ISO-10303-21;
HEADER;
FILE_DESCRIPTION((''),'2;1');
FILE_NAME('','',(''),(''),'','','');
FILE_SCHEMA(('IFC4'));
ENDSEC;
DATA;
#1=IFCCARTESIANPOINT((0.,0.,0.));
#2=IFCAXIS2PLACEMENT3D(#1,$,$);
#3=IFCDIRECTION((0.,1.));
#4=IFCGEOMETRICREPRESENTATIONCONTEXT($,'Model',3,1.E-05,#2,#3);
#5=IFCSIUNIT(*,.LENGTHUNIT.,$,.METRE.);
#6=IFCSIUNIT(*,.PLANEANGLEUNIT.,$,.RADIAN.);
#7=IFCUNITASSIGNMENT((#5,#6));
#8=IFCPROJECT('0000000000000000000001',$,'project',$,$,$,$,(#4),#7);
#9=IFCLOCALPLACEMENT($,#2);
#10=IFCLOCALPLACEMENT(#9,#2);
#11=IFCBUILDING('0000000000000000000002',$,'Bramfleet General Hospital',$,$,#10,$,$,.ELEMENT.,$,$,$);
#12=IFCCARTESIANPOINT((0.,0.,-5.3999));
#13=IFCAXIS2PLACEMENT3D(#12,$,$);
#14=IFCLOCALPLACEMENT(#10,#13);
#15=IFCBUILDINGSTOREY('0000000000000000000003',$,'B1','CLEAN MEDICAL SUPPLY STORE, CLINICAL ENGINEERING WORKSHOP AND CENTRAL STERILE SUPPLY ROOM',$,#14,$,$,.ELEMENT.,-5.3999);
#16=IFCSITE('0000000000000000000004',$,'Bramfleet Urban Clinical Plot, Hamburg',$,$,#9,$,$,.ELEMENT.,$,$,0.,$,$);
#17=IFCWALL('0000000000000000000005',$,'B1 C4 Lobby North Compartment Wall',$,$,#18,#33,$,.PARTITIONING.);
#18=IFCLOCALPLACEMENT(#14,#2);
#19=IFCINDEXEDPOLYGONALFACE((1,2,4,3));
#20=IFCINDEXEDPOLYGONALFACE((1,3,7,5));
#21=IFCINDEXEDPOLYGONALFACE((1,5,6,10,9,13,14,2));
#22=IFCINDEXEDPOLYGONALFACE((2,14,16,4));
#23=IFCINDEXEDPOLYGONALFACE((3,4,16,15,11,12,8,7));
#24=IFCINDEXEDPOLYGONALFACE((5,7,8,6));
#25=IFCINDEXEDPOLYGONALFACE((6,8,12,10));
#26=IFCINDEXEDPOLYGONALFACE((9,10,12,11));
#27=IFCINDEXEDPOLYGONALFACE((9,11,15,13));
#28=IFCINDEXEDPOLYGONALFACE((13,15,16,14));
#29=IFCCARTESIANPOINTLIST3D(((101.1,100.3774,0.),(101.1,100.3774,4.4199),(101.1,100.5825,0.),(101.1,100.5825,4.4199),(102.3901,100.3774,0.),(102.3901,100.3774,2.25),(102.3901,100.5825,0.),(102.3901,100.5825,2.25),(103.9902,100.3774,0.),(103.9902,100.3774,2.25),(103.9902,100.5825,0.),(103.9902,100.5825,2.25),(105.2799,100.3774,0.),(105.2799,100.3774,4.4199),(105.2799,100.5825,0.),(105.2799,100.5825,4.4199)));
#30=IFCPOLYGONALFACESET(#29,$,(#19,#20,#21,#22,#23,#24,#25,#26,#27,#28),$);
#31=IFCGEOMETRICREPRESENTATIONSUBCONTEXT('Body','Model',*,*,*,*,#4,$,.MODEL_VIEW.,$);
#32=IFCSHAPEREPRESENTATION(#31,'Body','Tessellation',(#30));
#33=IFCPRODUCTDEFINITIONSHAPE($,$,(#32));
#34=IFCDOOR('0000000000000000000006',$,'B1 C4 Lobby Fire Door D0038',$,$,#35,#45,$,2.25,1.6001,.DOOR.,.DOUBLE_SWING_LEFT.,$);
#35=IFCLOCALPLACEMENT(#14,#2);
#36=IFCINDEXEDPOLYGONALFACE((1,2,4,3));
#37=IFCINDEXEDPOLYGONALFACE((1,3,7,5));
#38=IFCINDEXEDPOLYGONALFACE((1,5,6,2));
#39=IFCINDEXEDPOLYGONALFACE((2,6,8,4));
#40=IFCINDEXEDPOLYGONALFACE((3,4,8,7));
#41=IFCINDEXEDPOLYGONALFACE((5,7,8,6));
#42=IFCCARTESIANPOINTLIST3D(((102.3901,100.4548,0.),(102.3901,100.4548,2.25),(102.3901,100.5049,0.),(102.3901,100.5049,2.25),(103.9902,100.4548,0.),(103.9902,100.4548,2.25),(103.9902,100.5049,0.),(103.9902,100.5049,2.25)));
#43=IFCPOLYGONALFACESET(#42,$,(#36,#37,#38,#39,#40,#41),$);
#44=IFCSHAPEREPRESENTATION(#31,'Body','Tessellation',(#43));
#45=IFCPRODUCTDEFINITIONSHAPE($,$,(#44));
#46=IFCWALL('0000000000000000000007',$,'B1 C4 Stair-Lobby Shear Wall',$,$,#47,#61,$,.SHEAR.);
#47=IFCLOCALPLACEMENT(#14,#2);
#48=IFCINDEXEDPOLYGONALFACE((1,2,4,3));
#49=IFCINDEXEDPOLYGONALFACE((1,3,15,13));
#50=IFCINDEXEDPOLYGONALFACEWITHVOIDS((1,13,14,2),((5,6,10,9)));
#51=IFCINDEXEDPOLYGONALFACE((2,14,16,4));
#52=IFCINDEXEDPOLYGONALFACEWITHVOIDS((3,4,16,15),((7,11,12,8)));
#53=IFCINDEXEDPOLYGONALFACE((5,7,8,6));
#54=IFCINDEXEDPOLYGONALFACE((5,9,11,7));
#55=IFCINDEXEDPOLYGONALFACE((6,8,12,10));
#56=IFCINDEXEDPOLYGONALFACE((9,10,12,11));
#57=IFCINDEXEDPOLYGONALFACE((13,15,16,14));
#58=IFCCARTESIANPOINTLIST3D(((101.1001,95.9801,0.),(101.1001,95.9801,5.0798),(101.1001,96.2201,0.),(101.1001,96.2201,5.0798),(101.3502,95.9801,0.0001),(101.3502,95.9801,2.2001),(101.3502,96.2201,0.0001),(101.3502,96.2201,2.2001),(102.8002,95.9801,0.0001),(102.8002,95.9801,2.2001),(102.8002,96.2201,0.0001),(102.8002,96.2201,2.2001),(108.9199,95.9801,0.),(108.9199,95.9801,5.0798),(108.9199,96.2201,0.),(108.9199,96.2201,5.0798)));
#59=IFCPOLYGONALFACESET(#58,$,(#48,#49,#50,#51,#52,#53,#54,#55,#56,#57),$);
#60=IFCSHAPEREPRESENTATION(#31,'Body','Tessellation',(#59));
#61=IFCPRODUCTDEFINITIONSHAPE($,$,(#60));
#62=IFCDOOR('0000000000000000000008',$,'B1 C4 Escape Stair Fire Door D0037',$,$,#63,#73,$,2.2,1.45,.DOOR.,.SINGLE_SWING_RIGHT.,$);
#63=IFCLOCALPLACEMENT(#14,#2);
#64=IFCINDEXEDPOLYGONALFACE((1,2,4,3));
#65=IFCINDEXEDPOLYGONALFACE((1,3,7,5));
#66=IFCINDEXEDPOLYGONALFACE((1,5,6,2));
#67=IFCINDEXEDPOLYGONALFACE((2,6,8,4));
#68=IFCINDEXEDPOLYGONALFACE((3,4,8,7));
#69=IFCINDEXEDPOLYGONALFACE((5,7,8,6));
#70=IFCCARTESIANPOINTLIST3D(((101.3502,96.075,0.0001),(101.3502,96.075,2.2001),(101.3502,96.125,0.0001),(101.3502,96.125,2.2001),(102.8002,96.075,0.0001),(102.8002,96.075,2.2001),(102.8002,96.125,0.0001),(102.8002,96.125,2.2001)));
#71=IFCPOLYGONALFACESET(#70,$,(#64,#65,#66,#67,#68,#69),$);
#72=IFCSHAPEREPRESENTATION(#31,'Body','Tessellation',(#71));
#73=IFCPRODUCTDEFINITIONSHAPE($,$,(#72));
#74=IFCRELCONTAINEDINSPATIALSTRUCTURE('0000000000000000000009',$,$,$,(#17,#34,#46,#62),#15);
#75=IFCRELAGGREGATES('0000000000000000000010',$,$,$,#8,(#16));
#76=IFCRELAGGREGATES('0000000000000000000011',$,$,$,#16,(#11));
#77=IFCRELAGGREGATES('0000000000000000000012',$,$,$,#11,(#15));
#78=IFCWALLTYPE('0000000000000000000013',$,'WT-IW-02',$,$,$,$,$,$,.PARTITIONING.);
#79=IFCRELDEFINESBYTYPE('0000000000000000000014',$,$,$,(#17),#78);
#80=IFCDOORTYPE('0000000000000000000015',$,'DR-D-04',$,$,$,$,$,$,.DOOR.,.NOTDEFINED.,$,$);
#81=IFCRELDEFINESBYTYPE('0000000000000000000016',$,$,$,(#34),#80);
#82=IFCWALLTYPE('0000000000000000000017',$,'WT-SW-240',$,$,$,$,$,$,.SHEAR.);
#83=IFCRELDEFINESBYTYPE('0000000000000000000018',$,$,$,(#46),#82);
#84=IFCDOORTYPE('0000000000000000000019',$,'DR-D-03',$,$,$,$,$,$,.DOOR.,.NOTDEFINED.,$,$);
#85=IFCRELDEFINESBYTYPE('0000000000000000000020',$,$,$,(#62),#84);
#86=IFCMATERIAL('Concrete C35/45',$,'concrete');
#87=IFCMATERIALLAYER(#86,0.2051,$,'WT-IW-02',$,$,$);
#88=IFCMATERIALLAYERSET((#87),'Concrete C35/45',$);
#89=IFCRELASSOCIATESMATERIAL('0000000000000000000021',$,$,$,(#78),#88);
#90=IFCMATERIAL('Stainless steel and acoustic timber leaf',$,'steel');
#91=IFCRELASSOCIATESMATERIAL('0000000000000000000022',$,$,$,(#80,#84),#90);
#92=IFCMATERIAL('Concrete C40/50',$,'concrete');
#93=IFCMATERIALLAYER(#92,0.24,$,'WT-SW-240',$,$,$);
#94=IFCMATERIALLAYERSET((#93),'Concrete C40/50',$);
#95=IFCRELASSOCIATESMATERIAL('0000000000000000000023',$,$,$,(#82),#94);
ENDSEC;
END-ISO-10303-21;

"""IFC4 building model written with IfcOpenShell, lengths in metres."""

from ifc_helpers import new_model, si_unit, direction, frame, frame_2d, origin, place, context, subcontext, project, spatial, rectangle, extrude, material, layer, layer_set, type_object, element, fill, save


model = new_model("IFC4")

# Units and contexts
model_context = context("Model", 3, precision=1e-05, world=origin(), true_north=direction((0.0, 1.0)))
body_context = subcontext(model_context, "Body", "Model", "MODEL_VIEW")
ifc_project = project(units=[si_unit("LENGTHUNIT", "METRE"), si_unit("PLANEANGLEUNIT", "RADIAN")], contexts=[model_context])

# Site, building, storey
site_placement = place(None, origin())
site = spatial("IfcSite", under=ifc_project, at=site_placement, Name="Bramfleet Urban Clinical Plot, Hamburg", CompositionType="ELEMENT", RefElevation=0.0)
building_placement = place(site_placement, origin())
building = spatial("IfcBuilding", under=site, at=building_placement, Name="Bramfleet General Hospital", CompositionType="ELEMENT")
storey_placement = place(building_placement, frame((0.0, 0.0, -5.3999)))
storey = spatial("IfcBuildingStorey", under=building, at=storey_placement, Name="B1", Description="CLEAN MEDICAL SUPPLY STORE, CLINICAL ENGINEERING WORKSHOP AND CENTRAL STERILE SUPPLY ROOM", CompositionType="ELEMENT", Elevation=-5.3999)

# Shared definitions
ifc_material_1 = material(Name="Concrete C35/45", Category="concrete")

# Shared definitions
ifc_material_2 = material(Name="Concrete C40/50", Category="concrete")

# Shared definitions
ifc_layer_1 = layer(ifc_material_1, 0.2051, Name="WT-IW-02")
ifc_layer_set_1 = layer_set([ifc_layer_1], Name="Concrete C35/45")
wall_type_1 = type_object("IfcWallType", Name="WT-IW-02", PredefinedType="PARTITIONING", material=ifc_layer_set_1)

# Walls, openings, doors
wall_1_placement = place(storey_placement, frame((101.1001, 100.48, 0.0), z_axis=(0.0, 0.0, 1.0), x_axis=(1.0, 0.0, 0.0)))
wall_1 = element("IfcWall", 1, at=wall_1_placement, inside=storey, type_object=wall_type_1, Name="B1 C4 Lobby North Compartment Wall", PredefinedType="PARTITIONING", context=body_context, shape_type="SweptSolid", body=[
    extrude(rectangle(XDim=4.1799, YDim=0.2051, at=frame_2d((2.0898, 0.0))), origin(), (0.0, 0.0, 1.0), 4.4199),
])
opening_1_placement = place(wall_1_placement, frame((1.29, 0.0, 0.0)))
opening_1 = element("IfcOpeningElement", 2, at=opening_1_placement, cuts=wall_1, PredefinedType="OPENING", context=body_context, shape_type="SweptSolid", body=[
    extrude(rectangle(XDim=1.6001, YDim=2.25, at=frame_2d((0.8, 1.125))), frame((0.0, 0.1125, 0.0), z_axis=(0.0, -1.0, 0.0), x_axis=(1.0, 0.0, 0.0)), (0.0, 0.0, 1.0), 0.2251),
])
ifc_material_3 = material(Name="Stainless steel and acoustic timber leaf", Category="steel")
door_type_1 = type_object("IfcDoorType", Name="DR-D-04", OperationType="NOTDEFINED", PredefinedType="DOOR", material=ifc_material_3)
door_1_placement = place(opening_1_placement, origin())
door_1 = element("IfcDoor", 3, at=door_1_placement, inside=storey, type_object=door_type_1, Name="B1 C4 Lobby Fire Door D0038", OperationType="DOUBLE_SWING_LEFT", OverallHeight=2.25, OverallWidth=1.6001, PredefinedType="DOOR", context=body_context, shape_type="SweptSolid", body=[
    extrude(rectangle(XDim=1.6001, YDim=2.25, at=frame_2d((0.8, 1.125))), frame((0.0, 0.0249, 0.0), z_axis=(0.0, -1.0, 0.0), x_axis=(1.0, 0.0, 0.0)), (0.0, 0.0, 1.0), 0.05),
])
fill(opening_1, door_1)
ifc_layer_2 = layer(ifc_material_2, 0.24, Name="WT-SW-240")
ifc_layer_set_2 = layer_set([ifc_layer_2], Name="Concrete C40/50")
wall_type_2 = type_object("IfcWallType", Name="WT-SW-240", PredefinedType="SHEAR", material=ifc_layer_set_2)
wall_2_placement = place(storey_placement, frame((101.1001, 96.1001, 0.0), z_axis=(0.0, 0.0, 1.0), x_axis=(1.0, 0.0, 0.0)))
wall_2 = element("IfcWall", 4, at=wall_2_placement, inside=storey, type_object=wall_type_2, Name="B1 C4 Stair-Lobby Shear Wall", PredefinedType="SHEAR", context=body_context, shape_type="SweptSolid", body=[
    extrude(rectangle(XDim=7.8198, YDim=0.24, at=frame_2d((3.9099, 0.0))), origin(), (0.0, 0.0, 1.0), 5.0798),
])
opening_2_placement = place(wall_2_placement, frame((0.25, 0.0, 0.0)))
opening_2 = element("IfcOpeningElement", 5, at=opening_2_placement, cuts=wall_2, PredefinedType="OPENING", context=body_context, shape_type="SweptSolid", body=[
    extrude(rectangle(XDim=1.45, YDim=2.2, at=frame_2d((0.7251, 1.1001))), frame((0.0, 0.1299, 0.0), z_axis=(0.0, -1.0, 0.0), x_axis=(1.0, 0.0, 0.0)), (0.0, 0.0, 1.0), 0.26),
])
door_type_2 = type_object("IfcDoorType", Name="DR-D-03", OperationType="NOTDEFINED", PredefinedType="DOOR", material=ifc_material_3)
door_2_placement = place(opening_2_placement, origin())
door_2 = element("IfcDoor", 6, at=door_2_placement, inside=storey, type_object=door_type_2, Name="B1 C4 Escape Stair Fire Door D0037", OperationType="SINGLE_SWING_RIGHT", OverallHeight=2.2, OverallWidth=1.45, PredefinedType="DOOR", context=body_context, shape_type="SweptSolid", body=[
    extrude(rectangle(XDim=1.45, YDim=2.2, at=frame_2d((0.7251, 1.1001))), frame((0.0, 0.0249, 0.0), z_axis=(0.0, -1.0, 0.0), x_axis=(1.0, 0.0, 0.0)), (0.0, 0.0, 1.0), 0.05),
])
fill(opening_2, door_2)

save(model, "model.ifc")
